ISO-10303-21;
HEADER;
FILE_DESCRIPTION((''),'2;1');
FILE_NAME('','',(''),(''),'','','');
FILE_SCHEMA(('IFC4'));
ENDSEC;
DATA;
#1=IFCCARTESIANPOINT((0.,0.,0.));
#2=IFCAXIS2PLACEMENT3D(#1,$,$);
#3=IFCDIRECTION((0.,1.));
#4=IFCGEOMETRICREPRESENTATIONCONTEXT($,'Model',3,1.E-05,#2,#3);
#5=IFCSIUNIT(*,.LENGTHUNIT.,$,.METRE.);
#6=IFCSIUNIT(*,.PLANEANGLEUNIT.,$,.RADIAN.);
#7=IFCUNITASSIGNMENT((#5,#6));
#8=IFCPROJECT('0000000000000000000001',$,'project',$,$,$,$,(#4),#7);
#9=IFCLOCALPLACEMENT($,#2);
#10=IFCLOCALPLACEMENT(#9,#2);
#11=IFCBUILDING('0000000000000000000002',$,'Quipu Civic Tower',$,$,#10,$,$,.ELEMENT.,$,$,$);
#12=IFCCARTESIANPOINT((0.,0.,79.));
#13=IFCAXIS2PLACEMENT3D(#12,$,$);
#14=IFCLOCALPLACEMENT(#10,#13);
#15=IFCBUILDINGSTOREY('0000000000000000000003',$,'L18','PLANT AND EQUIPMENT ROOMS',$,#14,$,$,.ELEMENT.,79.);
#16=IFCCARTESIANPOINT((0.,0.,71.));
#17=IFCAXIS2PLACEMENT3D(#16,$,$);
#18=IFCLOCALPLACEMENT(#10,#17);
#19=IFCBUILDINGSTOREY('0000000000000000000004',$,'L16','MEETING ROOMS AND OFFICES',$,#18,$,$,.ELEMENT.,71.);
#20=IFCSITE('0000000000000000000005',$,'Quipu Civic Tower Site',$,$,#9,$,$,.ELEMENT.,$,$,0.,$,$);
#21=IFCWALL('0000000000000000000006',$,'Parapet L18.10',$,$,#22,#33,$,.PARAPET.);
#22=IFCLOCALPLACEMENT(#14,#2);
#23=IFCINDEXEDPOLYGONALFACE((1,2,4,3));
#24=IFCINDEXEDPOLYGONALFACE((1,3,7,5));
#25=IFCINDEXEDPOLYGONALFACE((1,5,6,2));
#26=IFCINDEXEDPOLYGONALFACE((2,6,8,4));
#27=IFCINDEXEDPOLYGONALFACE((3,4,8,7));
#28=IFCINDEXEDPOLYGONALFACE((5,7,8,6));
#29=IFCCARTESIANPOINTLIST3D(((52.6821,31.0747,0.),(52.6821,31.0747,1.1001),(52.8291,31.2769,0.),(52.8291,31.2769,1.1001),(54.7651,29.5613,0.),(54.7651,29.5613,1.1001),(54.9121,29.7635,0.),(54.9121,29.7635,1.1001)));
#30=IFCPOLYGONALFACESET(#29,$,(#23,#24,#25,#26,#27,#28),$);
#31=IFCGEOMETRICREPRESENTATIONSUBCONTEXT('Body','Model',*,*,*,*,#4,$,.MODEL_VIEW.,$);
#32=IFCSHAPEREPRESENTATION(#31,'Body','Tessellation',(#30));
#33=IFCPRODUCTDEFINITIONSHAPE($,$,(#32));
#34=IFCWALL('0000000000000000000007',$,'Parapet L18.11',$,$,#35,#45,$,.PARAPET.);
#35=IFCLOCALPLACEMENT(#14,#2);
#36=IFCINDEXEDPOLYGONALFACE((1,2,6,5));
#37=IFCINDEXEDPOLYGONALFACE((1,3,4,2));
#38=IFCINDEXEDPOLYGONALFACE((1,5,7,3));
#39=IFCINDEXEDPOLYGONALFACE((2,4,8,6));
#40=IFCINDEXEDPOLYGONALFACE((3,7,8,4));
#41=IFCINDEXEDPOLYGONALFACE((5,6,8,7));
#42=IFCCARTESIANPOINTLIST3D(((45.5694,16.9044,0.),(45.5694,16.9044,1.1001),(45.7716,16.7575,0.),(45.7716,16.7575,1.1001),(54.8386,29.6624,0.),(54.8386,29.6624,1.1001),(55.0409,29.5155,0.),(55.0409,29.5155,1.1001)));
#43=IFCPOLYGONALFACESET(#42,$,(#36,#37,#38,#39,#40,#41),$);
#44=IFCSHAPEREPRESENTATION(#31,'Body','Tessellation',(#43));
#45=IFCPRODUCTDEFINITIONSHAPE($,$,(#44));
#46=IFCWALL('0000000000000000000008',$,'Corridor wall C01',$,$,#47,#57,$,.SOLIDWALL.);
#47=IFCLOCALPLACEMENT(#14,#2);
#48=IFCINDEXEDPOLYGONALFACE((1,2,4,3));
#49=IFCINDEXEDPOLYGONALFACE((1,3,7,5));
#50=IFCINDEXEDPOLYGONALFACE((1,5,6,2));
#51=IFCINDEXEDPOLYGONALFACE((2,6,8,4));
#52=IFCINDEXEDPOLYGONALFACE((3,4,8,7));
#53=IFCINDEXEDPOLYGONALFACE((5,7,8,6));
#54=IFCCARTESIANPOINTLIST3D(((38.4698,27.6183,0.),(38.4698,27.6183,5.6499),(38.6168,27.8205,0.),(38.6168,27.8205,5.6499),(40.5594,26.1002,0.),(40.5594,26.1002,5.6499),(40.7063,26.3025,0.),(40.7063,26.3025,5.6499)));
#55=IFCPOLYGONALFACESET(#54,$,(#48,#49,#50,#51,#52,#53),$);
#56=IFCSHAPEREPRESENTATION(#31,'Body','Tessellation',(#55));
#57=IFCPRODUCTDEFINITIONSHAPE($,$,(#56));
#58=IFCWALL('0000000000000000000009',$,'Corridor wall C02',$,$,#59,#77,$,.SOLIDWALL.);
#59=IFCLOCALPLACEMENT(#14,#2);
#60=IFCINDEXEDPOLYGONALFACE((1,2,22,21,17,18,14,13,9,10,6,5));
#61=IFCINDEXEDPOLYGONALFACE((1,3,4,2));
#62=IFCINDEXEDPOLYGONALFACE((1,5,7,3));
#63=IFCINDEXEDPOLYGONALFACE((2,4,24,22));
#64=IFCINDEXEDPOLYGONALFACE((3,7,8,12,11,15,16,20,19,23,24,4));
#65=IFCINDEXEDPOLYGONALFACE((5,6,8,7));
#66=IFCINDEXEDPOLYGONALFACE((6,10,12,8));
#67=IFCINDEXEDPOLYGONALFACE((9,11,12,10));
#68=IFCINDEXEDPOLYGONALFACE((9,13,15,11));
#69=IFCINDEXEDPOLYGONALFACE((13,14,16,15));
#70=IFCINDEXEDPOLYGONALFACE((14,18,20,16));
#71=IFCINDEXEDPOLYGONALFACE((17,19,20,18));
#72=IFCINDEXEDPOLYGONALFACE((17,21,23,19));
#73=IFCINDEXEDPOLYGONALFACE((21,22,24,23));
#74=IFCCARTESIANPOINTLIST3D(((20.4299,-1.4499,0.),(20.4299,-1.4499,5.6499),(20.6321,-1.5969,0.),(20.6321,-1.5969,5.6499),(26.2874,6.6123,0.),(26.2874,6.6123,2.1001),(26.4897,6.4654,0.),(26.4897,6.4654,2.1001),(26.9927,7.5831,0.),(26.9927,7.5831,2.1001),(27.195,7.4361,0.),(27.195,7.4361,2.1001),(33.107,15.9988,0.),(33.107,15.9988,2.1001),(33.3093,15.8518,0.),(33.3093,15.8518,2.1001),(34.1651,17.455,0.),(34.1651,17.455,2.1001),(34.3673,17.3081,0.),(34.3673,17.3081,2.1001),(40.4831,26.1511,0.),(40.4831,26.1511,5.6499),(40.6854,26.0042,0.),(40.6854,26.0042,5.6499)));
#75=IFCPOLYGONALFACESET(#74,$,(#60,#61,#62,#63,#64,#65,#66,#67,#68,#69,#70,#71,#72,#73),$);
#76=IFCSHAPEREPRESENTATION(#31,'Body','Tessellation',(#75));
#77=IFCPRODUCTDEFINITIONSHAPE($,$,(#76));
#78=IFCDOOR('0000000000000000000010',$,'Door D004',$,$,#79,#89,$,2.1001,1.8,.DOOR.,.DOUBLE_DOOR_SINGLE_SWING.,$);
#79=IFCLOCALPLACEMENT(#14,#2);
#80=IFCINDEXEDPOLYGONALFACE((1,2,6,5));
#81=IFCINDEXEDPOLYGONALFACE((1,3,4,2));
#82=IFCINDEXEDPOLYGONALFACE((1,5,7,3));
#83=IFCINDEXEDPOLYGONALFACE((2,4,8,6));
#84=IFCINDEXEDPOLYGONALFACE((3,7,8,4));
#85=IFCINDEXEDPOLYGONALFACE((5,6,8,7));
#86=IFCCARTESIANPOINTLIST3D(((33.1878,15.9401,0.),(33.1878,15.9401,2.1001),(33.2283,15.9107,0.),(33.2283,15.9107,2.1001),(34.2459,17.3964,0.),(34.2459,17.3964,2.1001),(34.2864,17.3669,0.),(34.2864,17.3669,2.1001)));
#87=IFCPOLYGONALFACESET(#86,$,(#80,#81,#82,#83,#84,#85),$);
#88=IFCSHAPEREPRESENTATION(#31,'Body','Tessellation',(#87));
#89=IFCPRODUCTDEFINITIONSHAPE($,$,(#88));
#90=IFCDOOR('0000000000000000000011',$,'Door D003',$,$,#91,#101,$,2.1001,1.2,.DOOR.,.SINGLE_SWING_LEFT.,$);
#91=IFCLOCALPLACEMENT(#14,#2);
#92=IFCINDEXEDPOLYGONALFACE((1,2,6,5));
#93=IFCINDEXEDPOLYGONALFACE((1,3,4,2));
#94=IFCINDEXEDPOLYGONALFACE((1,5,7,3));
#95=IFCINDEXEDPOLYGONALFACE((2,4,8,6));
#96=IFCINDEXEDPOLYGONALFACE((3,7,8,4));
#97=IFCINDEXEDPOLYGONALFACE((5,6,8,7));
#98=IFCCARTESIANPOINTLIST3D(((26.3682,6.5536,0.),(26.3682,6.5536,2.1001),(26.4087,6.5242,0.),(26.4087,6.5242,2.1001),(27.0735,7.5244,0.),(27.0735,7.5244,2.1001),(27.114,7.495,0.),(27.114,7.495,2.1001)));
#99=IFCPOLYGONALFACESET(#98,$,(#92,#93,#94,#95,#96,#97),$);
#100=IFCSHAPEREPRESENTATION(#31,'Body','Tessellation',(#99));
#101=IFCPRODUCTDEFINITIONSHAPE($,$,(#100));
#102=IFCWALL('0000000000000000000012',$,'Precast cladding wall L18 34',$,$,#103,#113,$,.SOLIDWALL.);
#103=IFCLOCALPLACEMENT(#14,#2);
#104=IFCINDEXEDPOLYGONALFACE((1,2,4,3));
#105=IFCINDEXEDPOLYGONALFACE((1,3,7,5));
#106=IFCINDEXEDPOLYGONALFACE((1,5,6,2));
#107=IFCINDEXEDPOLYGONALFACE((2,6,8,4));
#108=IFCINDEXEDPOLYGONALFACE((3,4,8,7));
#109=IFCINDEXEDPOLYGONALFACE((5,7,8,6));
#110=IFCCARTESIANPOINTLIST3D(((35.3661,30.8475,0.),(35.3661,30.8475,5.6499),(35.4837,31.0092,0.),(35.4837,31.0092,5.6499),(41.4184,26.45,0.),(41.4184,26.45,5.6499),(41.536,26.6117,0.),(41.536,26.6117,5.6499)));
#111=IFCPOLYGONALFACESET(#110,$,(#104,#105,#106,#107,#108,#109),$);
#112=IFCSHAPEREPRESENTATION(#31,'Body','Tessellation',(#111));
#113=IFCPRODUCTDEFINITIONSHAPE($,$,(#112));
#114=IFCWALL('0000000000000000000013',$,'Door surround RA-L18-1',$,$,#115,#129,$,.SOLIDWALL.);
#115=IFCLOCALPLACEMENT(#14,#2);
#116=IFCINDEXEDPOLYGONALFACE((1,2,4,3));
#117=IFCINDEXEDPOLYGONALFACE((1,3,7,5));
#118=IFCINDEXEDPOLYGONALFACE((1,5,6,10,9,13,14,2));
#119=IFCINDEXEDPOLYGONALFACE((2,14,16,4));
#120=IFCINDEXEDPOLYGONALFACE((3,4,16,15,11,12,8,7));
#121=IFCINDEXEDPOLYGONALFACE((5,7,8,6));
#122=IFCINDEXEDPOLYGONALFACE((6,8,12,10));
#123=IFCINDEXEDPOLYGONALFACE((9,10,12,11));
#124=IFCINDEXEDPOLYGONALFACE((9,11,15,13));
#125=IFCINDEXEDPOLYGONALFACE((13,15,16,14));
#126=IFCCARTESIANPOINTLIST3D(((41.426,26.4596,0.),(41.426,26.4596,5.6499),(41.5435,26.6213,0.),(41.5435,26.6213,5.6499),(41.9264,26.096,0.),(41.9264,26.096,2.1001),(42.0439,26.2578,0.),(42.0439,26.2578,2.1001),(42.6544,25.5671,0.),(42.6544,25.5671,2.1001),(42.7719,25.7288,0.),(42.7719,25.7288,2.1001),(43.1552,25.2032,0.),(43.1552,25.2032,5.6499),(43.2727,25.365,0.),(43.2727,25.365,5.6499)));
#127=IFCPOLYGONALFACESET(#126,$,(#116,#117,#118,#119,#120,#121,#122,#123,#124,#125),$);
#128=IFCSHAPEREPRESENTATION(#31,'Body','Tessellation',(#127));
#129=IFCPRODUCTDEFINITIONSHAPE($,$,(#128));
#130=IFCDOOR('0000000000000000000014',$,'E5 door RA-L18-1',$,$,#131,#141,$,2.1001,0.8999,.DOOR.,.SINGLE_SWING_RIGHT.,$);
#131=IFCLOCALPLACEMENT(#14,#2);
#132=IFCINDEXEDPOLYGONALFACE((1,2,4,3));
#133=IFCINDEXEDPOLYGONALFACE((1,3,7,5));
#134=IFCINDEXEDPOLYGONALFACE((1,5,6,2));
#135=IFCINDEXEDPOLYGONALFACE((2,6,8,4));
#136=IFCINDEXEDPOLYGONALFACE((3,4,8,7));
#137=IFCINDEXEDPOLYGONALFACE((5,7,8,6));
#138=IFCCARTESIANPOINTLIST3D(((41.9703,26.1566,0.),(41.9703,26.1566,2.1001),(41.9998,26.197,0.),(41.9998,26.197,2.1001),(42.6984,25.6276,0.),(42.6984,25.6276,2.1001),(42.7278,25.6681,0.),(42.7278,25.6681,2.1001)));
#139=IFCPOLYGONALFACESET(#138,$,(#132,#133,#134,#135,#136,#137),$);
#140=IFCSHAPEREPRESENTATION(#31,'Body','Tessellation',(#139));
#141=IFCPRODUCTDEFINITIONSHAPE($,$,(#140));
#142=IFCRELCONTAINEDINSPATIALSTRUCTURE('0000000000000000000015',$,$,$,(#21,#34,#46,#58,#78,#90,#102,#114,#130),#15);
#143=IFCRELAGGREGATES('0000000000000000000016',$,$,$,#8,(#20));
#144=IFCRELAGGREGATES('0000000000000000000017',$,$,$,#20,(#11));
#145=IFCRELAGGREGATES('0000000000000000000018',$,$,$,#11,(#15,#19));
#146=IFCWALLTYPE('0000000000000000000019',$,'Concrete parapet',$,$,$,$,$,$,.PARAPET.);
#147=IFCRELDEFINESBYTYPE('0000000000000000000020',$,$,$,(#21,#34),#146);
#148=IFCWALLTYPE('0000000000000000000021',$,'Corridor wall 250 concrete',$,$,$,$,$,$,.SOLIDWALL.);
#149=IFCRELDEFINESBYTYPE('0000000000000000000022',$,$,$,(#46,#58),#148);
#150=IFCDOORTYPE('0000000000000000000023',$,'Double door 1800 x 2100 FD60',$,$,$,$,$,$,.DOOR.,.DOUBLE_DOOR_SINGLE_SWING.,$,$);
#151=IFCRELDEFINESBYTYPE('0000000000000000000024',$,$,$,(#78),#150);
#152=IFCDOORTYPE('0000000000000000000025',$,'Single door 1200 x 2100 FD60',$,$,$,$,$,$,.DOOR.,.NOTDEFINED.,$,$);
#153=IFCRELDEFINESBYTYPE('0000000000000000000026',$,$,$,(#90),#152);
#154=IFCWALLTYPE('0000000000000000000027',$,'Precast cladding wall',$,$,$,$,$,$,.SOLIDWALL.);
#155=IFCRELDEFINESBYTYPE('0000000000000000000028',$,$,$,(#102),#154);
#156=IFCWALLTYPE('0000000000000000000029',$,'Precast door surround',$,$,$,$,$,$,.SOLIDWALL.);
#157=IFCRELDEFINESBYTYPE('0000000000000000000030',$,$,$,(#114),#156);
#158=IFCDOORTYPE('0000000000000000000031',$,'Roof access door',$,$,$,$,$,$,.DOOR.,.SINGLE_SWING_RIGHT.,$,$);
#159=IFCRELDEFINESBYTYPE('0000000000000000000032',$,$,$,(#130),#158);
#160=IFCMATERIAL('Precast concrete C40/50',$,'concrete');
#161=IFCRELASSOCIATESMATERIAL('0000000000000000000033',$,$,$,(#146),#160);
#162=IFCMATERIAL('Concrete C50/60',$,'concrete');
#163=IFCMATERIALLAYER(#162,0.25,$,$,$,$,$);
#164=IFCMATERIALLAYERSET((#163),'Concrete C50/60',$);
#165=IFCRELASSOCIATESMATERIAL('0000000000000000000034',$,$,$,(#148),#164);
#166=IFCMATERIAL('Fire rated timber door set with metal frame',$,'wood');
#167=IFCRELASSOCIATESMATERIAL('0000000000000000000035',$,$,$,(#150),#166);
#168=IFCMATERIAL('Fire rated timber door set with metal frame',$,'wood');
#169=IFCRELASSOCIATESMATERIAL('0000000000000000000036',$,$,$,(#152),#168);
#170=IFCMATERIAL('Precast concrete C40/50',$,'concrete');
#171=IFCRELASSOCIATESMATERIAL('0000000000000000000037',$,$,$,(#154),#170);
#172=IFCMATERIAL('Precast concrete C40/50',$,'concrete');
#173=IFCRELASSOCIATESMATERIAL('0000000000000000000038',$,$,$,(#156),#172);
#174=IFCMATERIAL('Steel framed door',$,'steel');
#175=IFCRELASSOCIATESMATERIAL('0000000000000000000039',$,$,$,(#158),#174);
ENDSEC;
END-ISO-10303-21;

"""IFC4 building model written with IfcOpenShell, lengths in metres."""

from ifc_helpers import new_model, si_unit, direction, frame, frame_2d, origin, place, context, subcontext, project, spatial, rectangle, extrude, material, layer, layer_set, type_object, element, fill, save


model = new_model("IFC4")

# Units and contexts
model_context = context("Model", 3, precision=1e-05, world=origin(), true_north=direction((0.0, 1.0)))
body_context = subcontext(model_context, "Body", "Model", "MODEL_VIEW")
ifc_project = project(units=[si_unit("LENGTHUNIT", "METRE"), si_unit("PLANEANGLEUNIT", "RADIAN")], contexts=[model_context])

# Site, building, storey
site_placement = place(None, origin())
site = spatial("IfcSite", under=ifc_project, at=site_placement, Name="Quipu Civic Tower Site", CompositionType="ELEMENT", RefElevation=0.0)
building_placement = place(site_placement, origin())
building = spatial("IfcBuilding", under=site, at=building_placement, Name="Quipu Civic Tower", CompositionType="ELEMENT")
storey_1_placement = place(building_placement, frame((0.0, 0.0, 79.0)))
storey_1 = spatial("IfcBuildingStorey", under=building, at=storey_1_placement, Name="L18", Description="PLANT AND EQUIPMENT ROOMS", CompositionType="ELEMENT", Elevation=79.0)

# Shared definitions
storey_2_placement = place(building_placement, frame((0.0, 0.0, 71.0)))
storey_2 = spatial("IfcBuildingStorey", under=building, at=storey_2_placement, Name="L16", Description="MEETING ROOMS AND OFFICES", CompositionType="ELEMENT", Elevation=71.0)

# Walls
ifc_material_1 = material(Name="Precast concrete C40/50", Category="concrete")
wall_type_1 = type_object("IfcWallType", Name="Concrete parapet", PredefinedType="PARAPET", material=ifc_material_1)
wall_1_placement = place(storey_1_placement, frame((52.7556, 31.1758, 0.0), z_axis=(0.0, 0.0, 1.0), x_axis=(0.809011, -0.587794, 0.0)))
element("IfcWall", 1, at=wall_1_placement, inside=storey_1, type_object=wall_type_1, Name="Parapet L18.10", PredefinedType="PARAPET", context=body_context, shape_type="SweptSolid", body=[
    extrude(rectangle(XDim=2.5747, YDim=0.25, at=frame_2d((1.2874, 0.0))), origin(), (0.0, 0.0, 1.0), 1.1001),
])
wall_2_placement = place(storey_1_placement, frame((54.9397, 29.5889, 0.0), z_axis=(0.0, 0.0, 1.0), x_axis=(-0.587786, -0.809017, 0.0)))
element("IfcWall", 2, at=wall_2_placement, inside=storey_1, type_object=wall_type_1, Name="Parapet L18.11", PredefinedType="PARAPET", context=body_context, shape_type="SweptSolid", body=[
    extrude(rectangle(XDim=15.7698, YDim=0.25, at=frame_2d((7.8848, 0.0))), origin(), (0.0, 0.0, 1.0), 1.1001),
])
ifc_material_2 = material(Name="Concrete C50/60", Category="concrete")
ifc_layer_1 = layer(ifc_material_2, 0.25)
ifc_layer_set_1 = layer_set([ifc_layer_1], Name="Concrete C50/60")
wall_type_2 = type_object("IfcWallType", Name="Corridor wall 250 concrete", PredefinedType="SOLIDWALL", material=ifc_layer_set_1)
wall_3_placement = place(storey_1_placement, frame((38.5432, 27.7195, 0.0), z_axis=(0.0, 0.0, 1.0), x_axis=(0.809038, -0.587756, 0.0)))
element("IfcWall", 3, at=wall_3_placement, inside=storey_1, type_object=wall_type_2, Name="Corridor wall C01", PredefinedType="SOLIDWALL", context=body_context, shape_type="SweptSolid", body=[
    extrude(rectangle(XDim=2.5828, YDim=0.25, at=frame_2d((1.2915, 0.0))), origin(), (0.0, 0.0, 1.0), 5.6499),
])

# Wall, openings, doors
wall_4_placement = place(storey_1_placement, frame((40.5842, 26.0776, 0.0), z_axis=(0.0, 0.0, 1.0), x_axis=(-0.587783, -0.809019, 0.0)))
wall_4 = element("IfcWall", 4, at=wall_4_placement, inside=storey_1, type_object=wall_type_2, Name="Corridor wall C02", PredefinedType="SOLIDWALL", context=body_context, shape_type="SweptSolid", body=[
    extrude(rectangle(XDim=34.1167, YDim=0.25, at=frame_2d((17.0583, 0.0))), origin(), (0.0, 0.0, 1.0), 5.6499),
])
opening_1_placement = place(wall_4_placement, frame((22.9512, 0.0, 0.0)))
opening_1 = element("IfcOpeningElement", 5, at=opening_1_placement, cuts=wall_4, PredefinedType="OPENING", context=body_context, shape_type="SweptSolid", body=[
    extrude(rectangle(XDim=1.2, YDim=2.1001, at=frame_2d((0.6001, 1.05))), frame((0.0, 0.135, 0.0), z_axis=(0.0, -1.0, 0.0), x_axis=(1.0, 0.0, 0.0)), (0.0, 0.0, 1.0), 0.27),
])
opening_2_placement = place(wall_4_placement, frame((10.749, 0.0, 0.0)))
opening_2 = element("IfcOpeningElement", 6, at=opening_2_placement, cuts=wall_4, PredefinedType="OPENING", context=body_context, shape_type="SweptSolid", body=[
    extrude(rectangle(XDim=1.8, YDim=2.1001, at=frame_2d((0.8999, 1.05))), frame((0.0, 0.135, 0.0), z_axis=(0.0, -1.0, 0.0), x_axis=(1.0, 0.0, 0.0)), (0.0, 0.0, 1.0), 0.27),
])
ifc_material_3 = material(Name="Fire rated timber door set with metal frame", Category="wood")
door_type_1 = type_object("IfcDoorType", Name="Double door 1800 x 2100 FD60", OperationType="DOUBLE_DOOR_SINGLE_SWING", PredefinedType="DOOR", material=ifc_material_3)
door_1_placement = place(opening_2_placement, origin())
door_1 = element("IfcDoor", 7, at=door_1_placement, inside=storey_1, type_object=door_type_1, Name="Door D004", OperationType="DOUBLE_DOOR_SINGLE_SWING", OverallHeight=2.1001, OverallWidth=1.8, PredefinedType="DOOR", context=body_context, shape_type="SweptSolid", body=[
    extrude(rectangle(XDim=1.8, YDim=2.1001, at=frame_2d((0.8999, 1.05))), frame((0.0, 0.0249, 0.0), z_axis=(0.0, -1.0, 0.0), x_axis=(1.0, 0.0, 0.0)), (0.0, 0.0, 1.0), 0.05),
])
fill(opening_2, door_1)
ifc_material_4 = material(Name="Fire rated timber door set with metal frame", Category="wood")
door_type_2 = type_object("IfcDoorType", Name="Single door 1200 x 2100 FD60", OperationType="NOTDEFINED", PredefinedType="DOOR", material=ifc_material_4)
door_2_placement = place(opening_1_placement, origin())
door_2 = element("IfcDoor", 8, at=door_2_placement, inside=storey_1, type_object=door_type_2, Name="Door D003", OperationType="SINGLE_SWING_LEFT", OverallHeight=2.1001, OverallWidth=1.2, PredefinedType="DOOR", context=body_context, shape_type="SweptSolid", body=[
    extrude(rectangle(XDim=1.2, YDim=2.1001, at=frame_2d((0.6001, 1.05))), frame((0.0, 0.0249, 0.0), z_axis=(0.0, -1.0, 0.0), x_axis=(1.0, 0.0, 0.0)), (0.0, 0.0, 1.0), 0.05),
])
fill(opening_1, door_2)

# Wall
ifc_material_5 = material(Name="Precast concrete C40/50", Category="concrete")
wall_type_3 = type_object("IfcWallType", Name="Precast cladding wall", PredefinedType="SOLIDWALL", material=ifc_material_5)
wall_5_placement = place(storey_1_placement, frame((41.4773, 26.5308, 0.0), z_axis=(0.0, 0.0, 1.0), x_axis=(-0.809001, 0.587807, 0.0)))
element("IfcWall", 9, at=wall_5_placement, inside=storey_1, type_object=wall_type_3, Name="Precast cladding wall L18 34", PredefinedType="SOLIDWALL", context=body_context, shape_type="SweptSolid", body=[
    extrude(rectangle(XDim=7.4812, YDim=0.2, at=frame_2d((3.7407, 0.0))), origin(), (0.0, 0.0, 1.0), 5.6499),
])

# Wall, opening, door
ifc_material_6 = material(Name="Precast concrete C40/50", Category="concrete")
wall_type_4 = type_object("IfcWallType", Name="Precast door surround", PredefinedType="SOLIDWALL", material=ifc_material_6)
wall_6_placement = place(storey_1_placement, frame((41.4846, 26.5405, 0.0), z_axis=(0.0, 0.0, 1.0), x_axis=(0.809022, -0.587778, 0.0)))
wall_6 = element("IfcWall", 10, at=wall_6_placement, inside=storey_1, type_object=wall_type_4, Name="Door surround RA-L18-1", PredefinedType="SOLIDWALL", context=body_context, shape_type="SweptSolid", body=[
    extrude(rectangle(XDim=2.1375, YDim=0.2, at=frame_2d((1.0688, 0.0))), origin(), (0.0, 0.0, 1.0), 5.6499),
])
opening_3_placement = place(wall_6_placement, frame((0.6187, 0.0, 0.0)))
opening_3 = element("IfcOpeningElement", 11, at=opening_3_placement, cuts=wall_6, PredefinedType="OPENING", context=body_context, shape_type="SweptSolid", body=[
    extrude(rectangle(XDim=0.8999, YDim=2.1001, at=frame_2d((0.45, 1.05))), frame((0.0, 0.1099, 0.0), z_axis=(0.0, -1.0, 0.0), x_axis=(1.0, 0.0, 0.0)), (0.0, 0.0, 1.0), 0.22),
])
ifc_material_7 = material(Name="Steel framed door", Category="steel")
door_type_3 = type_object("IfcDoorType", Name="Roof access door", OperationType="SINGLE_SWING_RIGHT", PredefinedType="DOOR", material=ifc_material_7)
door_3_placement = place(opening_3_placement, origin())
door_3 = element("IfcDoor", 12, at=door_3_placement, inside=storey_1, type_object=door_type_3, Name="E5 door RA-L18-1", OperationType="SINGLE_SWING_RIGHT", OverallHeight=2.1001, OverallWidth=0.8999, PredefinedType="DOOR", context=body_context, shape_type="SweptSolid", body=[
    extrude(rectangle(XDim=0.8999, YDim=2.1001, at=frame_2d((0.45, 1.05))), frame((0.0, 0.0249, 0.0), z_axis=(0.0, -1.0, 0.0), x_axis=(1.0, 0.0, 0.0)), (0.0, 0.0, 1.0), 0.05),
])
fill(opening_3, door_3)

save(model, "model.ifc")
